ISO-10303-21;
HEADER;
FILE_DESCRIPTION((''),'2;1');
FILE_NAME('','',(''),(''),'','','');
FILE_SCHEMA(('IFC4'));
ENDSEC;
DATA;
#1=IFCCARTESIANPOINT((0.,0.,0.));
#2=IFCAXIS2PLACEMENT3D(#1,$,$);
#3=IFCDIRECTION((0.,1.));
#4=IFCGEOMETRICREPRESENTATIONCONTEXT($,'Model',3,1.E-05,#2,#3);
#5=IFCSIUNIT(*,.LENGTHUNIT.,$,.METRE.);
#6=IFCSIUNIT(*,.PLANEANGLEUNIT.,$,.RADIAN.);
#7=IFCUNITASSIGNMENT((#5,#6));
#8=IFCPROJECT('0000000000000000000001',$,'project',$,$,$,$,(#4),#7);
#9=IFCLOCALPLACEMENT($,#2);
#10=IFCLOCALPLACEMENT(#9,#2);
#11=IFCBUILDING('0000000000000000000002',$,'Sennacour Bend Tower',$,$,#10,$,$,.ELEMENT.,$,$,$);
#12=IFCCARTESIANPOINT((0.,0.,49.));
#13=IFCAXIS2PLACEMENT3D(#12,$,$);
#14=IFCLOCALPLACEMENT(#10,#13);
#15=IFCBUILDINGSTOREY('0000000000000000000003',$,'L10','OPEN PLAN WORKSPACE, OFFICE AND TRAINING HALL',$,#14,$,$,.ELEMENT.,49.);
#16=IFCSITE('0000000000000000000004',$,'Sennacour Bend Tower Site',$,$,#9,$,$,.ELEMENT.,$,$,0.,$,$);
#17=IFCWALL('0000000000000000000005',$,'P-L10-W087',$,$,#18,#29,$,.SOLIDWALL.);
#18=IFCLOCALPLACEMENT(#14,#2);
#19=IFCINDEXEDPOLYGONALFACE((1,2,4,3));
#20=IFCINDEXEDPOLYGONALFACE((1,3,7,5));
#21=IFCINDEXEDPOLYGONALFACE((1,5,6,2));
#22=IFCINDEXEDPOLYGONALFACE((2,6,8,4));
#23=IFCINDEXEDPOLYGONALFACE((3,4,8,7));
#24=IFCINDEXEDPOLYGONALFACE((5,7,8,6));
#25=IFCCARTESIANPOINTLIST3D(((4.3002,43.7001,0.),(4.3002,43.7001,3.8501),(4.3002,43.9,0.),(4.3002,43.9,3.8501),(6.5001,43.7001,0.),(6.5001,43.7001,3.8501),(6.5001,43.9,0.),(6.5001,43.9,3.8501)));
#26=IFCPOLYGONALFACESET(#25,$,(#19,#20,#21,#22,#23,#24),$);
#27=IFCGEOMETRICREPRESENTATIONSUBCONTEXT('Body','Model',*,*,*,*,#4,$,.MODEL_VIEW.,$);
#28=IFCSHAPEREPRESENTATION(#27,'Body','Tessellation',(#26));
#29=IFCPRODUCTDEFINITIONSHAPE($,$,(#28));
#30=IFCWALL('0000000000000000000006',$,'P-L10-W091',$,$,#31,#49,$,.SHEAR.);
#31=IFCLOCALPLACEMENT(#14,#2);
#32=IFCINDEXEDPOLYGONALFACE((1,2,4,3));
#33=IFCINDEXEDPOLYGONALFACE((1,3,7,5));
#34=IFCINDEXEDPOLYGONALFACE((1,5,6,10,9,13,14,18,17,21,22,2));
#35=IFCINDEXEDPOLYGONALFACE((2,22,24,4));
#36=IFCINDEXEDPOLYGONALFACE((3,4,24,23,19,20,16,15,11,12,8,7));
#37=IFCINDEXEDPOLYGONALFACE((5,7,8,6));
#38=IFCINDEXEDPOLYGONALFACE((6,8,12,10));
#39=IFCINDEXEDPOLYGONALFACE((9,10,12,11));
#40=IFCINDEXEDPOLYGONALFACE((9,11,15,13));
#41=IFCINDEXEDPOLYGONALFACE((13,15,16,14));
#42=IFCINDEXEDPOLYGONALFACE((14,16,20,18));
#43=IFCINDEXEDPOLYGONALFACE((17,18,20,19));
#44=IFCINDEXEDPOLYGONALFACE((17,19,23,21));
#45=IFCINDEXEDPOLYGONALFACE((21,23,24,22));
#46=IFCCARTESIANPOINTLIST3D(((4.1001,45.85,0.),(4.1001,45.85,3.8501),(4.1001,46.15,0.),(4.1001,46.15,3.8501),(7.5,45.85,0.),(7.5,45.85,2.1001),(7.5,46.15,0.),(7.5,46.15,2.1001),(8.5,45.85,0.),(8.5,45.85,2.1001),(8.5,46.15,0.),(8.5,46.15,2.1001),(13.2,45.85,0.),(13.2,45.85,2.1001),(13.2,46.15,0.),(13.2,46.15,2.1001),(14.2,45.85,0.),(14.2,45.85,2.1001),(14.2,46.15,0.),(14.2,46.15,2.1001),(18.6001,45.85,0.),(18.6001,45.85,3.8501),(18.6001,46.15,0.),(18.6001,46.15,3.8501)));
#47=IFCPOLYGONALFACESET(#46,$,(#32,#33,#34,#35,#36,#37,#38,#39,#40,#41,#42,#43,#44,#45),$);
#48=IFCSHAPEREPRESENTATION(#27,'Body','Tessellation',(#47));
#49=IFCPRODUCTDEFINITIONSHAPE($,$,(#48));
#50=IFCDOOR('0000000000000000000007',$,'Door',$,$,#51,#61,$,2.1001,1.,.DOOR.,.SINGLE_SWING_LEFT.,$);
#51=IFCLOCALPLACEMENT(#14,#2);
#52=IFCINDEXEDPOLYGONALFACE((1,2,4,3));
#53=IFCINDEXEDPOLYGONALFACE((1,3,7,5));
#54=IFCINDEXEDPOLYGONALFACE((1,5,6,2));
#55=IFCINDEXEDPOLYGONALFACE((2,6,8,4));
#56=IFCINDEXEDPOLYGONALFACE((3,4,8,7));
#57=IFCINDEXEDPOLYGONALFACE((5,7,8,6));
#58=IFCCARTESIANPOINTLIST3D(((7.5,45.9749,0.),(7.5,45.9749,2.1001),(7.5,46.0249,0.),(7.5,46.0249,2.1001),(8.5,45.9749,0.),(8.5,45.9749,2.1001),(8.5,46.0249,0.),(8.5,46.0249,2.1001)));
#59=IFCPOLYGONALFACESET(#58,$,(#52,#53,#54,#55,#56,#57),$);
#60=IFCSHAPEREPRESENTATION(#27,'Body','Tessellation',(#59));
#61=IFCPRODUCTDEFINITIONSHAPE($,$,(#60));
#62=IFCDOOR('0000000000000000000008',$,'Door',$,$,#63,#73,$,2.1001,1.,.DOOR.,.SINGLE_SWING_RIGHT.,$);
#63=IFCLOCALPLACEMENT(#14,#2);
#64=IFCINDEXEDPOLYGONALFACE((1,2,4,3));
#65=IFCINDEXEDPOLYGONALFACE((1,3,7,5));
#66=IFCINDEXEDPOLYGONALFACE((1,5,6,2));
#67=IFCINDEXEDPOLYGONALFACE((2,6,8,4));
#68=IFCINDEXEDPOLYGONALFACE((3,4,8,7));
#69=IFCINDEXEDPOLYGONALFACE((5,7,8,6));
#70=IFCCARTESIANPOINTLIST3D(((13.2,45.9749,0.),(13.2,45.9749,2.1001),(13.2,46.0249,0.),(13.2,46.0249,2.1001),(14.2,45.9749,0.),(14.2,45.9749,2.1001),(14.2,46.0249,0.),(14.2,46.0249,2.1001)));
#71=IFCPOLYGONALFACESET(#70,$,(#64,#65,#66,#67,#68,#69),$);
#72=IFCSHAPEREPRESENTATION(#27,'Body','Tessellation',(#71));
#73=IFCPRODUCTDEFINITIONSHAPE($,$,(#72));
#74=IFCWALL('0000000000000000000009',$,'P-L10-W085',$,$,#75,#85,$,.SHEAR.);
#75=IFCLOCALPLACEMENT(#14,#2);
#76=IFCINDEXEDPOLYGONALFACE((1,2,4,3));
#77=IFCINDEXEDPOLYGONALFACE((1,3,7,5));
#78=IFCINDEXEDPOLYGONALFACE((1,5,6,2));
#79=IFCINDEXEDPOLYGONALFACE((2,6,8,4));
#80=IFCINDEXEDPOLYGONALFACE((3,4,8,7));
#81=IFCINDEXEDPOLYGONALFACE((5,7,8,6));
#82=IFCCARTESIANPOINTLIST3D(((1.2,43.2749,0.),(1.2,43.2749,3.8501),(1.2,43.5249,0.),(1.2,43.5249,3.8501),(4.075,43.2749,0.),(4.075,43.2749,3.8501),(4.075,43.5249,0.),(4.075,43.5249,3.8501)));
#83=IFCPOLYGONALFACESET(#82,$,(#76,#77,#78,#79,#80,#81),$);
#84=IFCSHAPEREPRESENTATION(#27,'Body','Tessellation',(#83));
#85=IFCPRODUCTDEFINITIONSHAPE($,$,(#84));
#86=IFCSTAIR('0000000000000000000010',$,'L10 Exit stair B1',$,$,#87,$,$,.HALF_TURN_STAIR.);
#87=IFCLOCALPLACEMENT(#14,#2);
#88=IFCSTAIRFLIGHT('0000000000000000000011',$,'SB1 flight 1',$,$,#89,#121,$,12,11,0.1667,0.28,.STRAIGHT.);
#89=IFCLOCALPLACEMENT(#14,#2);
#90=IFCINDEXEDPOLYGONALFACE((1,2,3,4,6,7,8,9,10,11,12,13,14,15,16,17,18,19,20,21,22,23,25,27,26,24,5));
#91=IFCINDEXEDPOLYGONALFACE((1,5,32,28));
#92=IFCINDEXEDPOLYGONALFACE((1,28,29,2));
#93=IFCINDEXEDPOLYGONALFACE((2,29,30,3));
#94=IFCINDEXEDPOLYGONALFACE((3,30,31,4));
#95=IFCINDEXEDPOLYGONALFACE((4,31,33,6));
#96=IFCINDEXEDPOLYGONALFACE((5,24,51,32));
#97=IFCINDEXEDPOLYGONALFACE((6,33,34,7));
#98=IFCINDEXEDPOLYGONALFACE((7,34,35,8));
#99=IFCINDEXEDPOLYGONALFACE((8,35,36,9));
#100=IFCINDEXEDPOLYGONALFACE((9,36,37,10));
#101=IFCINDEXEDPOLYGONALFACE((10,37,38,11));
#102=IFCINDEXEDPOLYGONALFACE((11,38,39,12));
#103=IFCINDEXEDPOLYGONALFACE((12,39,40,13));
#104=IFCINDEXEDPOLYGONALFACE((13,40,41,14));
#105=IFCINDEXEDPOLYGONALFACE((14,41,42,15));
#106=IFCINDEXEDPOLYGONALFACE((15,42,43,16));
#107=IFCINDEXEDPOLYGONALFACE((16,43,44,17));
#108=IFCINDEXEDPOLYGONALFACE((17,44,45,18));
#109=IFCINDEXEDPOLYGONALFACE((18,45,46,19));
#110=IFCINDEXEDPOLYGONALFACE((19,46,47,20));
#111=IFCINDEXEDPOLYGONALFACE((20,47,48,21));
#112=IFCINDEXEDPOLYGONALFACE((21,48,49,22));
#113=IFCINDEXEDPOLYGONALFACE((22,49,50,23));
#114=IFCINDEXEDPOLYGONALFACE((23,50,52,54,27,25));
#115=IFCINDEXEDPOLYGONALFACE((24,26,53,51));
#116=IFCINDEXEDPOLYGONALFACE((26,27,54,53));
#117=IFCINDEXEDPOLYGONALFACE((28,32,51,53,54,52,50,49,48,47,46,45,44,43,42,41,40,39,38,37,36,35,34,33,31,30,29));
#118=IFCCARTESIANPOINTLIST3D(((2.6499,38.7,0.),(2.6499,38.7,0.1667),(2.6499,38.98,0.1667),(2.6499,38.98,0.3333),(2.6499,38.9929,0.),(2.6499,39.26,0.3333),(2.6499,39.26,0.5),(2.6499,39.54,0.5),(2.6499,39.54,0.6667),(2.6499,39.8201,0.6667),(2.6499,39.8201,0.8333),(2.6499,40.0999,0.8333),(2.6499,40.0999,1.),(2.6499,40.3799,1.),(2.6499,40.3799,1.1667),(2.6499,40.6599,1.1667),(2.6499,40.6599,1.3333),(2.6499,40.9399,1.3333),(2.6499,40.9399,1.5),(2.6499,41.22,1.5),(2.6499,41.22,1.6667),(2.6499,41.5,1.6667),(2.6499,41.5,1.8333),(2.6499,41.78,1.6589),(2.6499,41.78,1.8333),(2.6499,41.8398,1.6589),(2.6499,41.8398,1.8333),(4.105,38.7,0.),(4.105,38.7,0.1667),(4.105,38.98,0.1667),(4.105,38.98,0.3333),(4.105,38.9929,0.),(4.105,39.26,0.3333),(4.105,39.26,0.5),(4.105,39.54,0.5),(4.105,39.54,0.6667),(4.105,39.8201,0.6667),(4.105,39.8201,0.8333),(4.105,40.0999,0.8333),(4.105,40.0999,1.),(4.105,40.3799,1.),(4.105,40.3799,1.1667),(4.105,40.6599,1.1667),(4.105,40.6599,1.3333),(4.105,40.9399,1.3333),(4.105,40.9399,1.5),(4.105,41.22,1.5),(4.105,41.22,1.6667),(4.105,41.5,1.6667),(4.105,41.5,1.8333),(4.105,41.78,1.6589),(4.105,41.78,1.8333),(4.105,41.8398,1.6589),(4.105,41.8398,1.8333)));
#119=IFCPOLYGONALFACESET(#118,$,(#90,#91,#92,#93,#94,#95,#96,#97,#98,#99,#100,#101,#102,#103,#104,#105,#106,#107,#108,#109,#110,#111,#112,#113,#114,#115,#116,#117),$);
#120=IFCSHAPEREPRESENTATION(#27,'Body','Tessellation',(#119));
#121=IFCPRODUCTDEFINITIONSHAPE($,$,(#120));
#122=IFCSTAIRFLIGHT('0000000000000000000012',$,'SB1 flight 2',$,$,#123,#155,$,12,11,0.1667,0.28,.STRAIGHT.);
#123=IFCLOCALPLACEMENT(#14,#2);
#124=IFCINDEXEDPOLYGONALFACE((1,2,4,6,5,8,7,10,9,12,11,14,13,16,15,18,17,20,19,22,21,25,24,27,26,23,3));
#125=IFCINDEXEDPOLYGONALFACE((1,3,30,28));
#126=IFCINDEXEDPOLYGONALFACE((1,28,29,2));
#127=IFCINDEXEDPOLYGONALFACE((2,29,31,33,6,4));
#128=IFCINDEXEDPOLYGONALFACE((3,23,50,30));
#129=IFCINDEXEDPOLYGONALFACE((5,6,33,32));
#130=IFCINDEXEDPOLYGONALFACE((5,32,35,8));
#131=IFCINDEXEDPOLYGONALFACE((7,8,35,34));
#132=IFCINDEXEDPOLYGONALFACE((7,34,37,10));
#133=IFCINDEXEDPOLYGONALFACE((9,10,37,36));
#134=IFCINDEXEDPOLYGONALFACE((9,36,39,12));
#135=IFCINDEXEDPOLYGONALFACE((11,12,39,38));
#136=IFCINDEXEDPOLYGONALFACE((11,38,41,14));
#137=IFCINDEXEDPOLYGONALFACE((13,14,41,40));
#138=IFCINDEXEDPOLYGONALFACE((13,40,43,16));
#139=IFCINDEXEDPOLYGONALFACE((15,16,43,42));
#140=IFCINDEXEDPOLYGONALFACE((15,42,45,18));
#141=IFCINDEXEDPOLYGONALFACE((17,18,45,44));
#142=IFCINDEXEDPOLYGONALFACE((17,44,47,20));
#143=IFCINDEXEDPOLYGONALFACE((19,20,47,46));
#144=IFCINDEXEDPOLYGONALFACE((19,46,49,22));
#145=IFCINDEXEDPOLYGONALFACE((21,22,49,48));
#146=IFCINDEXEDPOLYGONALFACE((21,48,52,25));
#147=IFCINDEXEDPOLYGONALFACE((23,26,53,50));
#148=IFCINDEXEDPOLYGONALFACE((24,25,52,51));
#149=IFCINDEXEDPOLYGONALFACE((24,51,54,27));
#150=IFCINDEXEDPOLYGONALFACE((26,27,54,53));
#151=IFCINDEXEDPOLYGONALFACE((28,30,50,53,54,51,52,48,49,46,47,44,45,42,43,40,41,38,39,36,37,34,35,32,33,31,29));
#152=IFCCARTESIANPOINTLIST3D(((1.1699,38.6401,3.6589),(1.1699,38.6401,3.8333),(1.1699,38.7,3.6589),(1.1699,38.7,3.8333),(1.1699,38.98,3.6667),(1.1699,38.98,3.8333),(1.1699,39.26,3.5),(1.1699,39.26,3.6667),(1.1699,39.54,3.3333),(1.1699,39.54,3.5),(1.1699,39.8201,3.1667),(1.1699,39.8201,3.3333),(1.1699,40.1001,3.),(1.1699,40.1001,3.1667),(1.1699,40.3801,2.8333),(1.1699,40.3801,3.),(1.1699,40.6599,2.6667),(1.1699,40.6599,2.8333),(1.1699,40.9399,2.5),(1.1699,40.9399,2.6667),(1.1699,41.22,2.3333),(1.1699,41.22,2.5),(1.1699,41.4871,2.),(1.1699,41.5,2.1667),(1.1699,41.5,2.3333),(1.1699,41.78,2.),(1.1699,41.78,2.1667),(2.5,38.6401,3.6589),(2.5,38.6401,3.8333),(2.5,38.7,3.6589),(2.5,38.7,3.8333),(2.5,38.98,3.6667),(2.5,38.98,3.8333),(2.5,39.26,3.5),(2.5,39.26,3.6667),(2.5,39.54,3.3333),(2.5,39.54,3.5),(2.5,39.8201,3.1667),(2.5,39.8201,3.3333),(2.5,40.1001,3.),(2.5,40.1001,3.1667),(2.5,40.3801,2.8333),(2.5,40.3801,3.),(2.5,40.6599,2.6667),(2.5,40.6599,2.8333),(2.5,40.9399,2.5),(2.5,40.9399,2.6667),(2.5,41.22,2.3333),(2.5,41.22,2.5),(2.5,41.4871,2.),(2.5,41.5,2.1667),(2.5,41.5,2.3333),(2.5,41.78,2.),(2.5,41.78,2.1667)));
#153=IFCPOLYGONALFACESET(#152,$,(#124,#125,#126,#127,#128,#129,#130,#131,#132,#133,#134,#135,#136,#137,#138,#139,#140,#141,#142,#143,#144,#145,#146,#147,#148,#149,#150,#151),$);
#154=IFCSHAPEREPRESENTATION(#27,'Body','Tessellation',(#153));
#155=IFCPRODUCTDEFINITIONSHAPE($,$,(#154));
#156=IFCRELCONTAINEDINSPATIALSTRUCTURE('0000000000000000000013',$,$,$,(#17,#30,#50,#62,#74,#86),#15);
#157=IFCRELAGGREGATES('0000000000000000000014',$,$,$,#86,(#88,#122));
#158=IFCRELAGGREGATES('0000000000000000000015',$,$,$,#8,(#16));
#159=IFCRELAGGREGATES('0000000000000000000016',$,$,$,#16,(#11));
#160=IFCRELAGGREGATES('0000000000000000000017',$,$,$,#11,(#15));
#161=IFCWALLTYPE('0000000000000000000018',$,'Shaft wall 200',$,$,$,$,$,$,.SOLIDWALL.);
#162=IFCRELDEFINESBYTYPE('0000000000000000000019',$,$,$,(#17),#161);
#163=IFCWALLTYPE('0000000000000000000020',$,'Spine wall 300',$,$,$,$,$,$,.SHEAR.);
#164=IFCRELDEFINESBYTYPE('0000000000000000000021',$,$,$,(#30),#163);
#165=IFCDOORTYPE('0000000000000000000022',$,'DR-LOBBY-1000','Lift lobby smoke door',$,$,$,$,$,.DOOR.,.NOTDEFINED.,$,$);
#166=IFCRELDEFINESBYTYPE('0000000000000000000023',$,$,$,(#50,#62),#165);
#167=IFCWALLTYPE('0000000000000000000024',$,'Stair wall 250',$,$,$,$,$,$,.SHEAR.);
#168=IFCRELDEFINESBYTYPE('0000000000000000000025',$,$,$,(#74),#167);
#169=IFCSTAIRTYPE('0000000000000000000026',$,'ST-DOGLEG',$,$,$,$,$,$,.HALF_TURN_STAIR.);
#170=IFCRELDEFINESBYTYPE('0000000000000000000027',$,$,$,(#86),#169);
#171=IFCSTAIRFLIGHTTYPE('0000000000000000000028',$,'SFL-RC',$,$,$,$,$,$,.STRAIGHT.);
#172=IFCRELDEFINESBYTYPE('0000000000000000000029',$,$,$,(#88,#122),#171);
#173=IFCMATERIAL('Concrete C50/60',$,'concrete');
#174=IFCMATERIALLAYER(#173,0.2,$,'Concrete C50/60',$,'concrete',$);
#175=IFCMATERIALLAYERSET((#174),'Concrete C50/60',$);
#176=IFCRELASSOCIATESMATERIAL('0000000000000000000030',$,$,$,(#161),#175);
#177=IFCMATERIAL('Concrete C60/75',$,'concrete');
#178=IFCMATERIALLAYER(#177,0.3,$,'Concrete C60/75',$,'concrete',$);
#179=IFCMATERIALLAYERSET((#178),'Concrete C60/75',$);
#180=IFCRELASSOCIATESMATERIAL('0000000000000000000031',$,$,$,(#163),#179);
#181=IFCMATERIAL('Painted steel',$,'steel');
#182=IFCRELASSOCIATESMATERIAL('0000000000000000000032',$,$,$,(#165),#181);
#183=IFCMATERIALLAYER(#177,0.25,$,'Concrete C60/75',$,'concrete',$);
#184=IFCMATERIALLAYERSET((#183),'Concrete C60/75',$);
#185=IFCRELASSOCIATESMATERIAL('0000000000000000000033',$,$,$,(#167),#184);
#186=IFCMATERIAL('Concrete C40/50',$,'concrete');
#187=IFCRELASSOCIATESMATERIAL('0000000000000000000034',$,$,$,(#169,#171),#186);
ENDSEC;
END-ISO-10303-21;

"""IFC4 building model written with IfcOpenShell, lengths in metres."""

from ifc_helpers import new_model, si_unit, direction, frame, frame_2d, origin, place, context, subcontext, project, spatial, polyline, rectangle, outline, extrude, material, layer, layer_set, type_object, element, fill, aggregate, save


model = new_model("IFC4")

# Units and contexts
model_context = context("Model", 3, precision=1e-05, world=origin(), true_north=direction((0.0, 1.0)))
body_context = subcontext(model_context, "Body", "Model", "MODEL_VIEW")
ifc_project = project(units=[si_unit("LENGTHUNIT", "METRE"), si_unit("PLANEANGLEUNIT", "RADIAN")], contexts=[model_context])

# Site, building, storey
site_placement = place(None, origin())
site = spatial("IfcSite", under=ifc_project, at=site_placement, Name="Sennacour Bend Tower Site", CompositionType="ELEMENT", RefElevation=0.0)
building_placement = place(site_placement, origin())
building = spatial("IfcBuilding", under=site, at=building_placement, Name="Sennacour Bend Tower", CompositionType="ELEMENT")
storey_placement = place(building_placement, frame((0.0, 0.0, 49.0)))
storey = spatial("IfcBuildingStorey", under=building, at=storey_placement, Name="L10", Description="OPEN PLAN WORKSPACE, OFFICE AND TRAINING HALL", CompositionType="ELEMENT", Elevation=49.0)

# Shared definitions
ifc_material_1 = material(Name="Painted steel", Category="steel")

# Wall
ifc_material_2 = material(Name="Concrete C50/60", Category="concrete")
ifc_layer_1 = layer(ifc_material_2, 0.2, Name="Concrete C50/60", Category="concrete")
ifc_layer_set_1 = layer_set([ifc_layer_1], Name="Concrete C50/60")
wall_type_1 = type_object("IfcWallType", Name="Shaft wall 200", PredefinedType="SOLIDWALL", material=ifc_layer_set_1)
wall_1_placement = place(storey_placement, frame((4.3, 43.8, 0.0), z_axis=(0.0, 0.0, 1.0), x_axis=(1.0, 0.0, 0.0)))
element("IfcWall", 1, at=wall_1_placement, inside=storey, type_object=wall_type_1, Name="P-L10-W087", PredefinedType="SOLIDWALL", context=body_context, shape_type="SweptSolid", body=[
    extrude(rectangle(XDim=2.2, YDim=0.2, at=frame_2d((1.1001, 0.0))), origin(), (0.0, 0.0, 1.0), 3.8501),
])

# Wall, openings, doors
ifc_material_3 = material(Name="Concrete C60/75", Category="concrete")
ifc_layer_2 = layer(ifc_material_3, 0.3, Name="Concrete C60/75", Category="concrete")
ifc_layer_set_2 = layer_set([ifc_layer_2], Name="Concrete C60/75")
wall_type_2 = type_object("IfcWallType", Name="Spine wall 300", PredefinedType="SHEAR", material=ifc_layer_set_2)
wall_2_placement = place(storey_placement, frame((4.1001, 46.0, 0.0), z_axis=(0.0, 0.0, 1.0), x_axis=(1.0, 0.0, 0.0)))
wall_2 = element("IfcWall", 2, at=wall_2_placement, inside=storey, type_object=wall_type_2, Name="P-L10-W091", PredefinedType="SHEAR", context=body_context, shape_type="SweptSolid", body=[
    extrude(rectangle(XDim=14.5, YDim=0.3, at=frame_2d((7.25, 0.0))), origin(), (0.0, 0.0, 1.0), 3.8501),
])
opening_1_placement = place(wall_2_placement, frame((3.3999, 0.0, 0.0)))
opening_1 = element("IfcOpeningElement", 3, at=opening_1_placement, cuts=wall_2, PredefinedType="OPENING", context=body_context, shape_type="SweptSolid", body=[
    extrude(rectangle(XDim=1.0, YDim=2.1001, at=frame_2d((0.5, 1.05))), frame((0.0, 0.1602, 0.0), z_axis=(0.0, -1.0, 0.0), x_axis=(1.0, 0.0, 0.0)), (0.0, 0.0, 1.0), 0.3201),
])
opening_2_placement = place(wall_2_placement, frame((9.0999, 0.0, 0.0)))
opening_2 = element("IfcOpeningElement", 4, at=opening_2_placement, cuts=wall_2, PredefinedType="OPENING", context=body_context, shape_type="SweptSolid", body=[
    extrude(rectangle(XDim=1.0, YDim=2.1001, at=frame_2d((0.5, 1.05))), frame((0.0, 0.1602, 0.0), z_axis=(0.0, -1.0, 0.0), x_axis=(1.0, 0.0, 0.0)), (0.0, 0.0, 1.0), 0.3201),
])
door_type_1 = type_object("IfcDoorType", Name="DR-LOBBY-1000", Description="Lift lobby smoke door", OperationType="NOTDEFINED", PredefinedType="DOOR", material=ifc_material_1)
door_1_placement = place(opening_1_placement, origin())
door_1 = element("IfcDoor", 5, at=door_1_placement, inside=storey, type_object=door_type_1, Name="Door", OperationType="SINGLE_SWING_LEFT", OverallHeight=2.1001, OverallWidth=1.0, PredefinedType="DOOR", context=body_context, shape_type="SweptSolid", body=[
    extrude(rectangle(XDim=1.0, YDim=2.1001, at=frame_2d((0.5, 1.05))), frame((0.0, 0.0249, 0.0), z_axis=(0.0, -1.0, 0.0), x_axis=(1.0, 0.0, 0.0)), (0.0, 0.0, 1.0), 0.05),
])
fill(opening_1, door_1)
door_2_placement = place(opening_2_placement, origin())
door_2 = element("IfcDoor", 6, at=door_2_placement, inside=storey, type_object=door_type_1, Name="Door", OperationType="SINGLE_SWING_RIGHT", OverallHeight=2.1001, OverallWidth=1.0, PredefinedType="DOOR", context=body_context, shape_type="SweptSolid", body=[
    extrude(rectangle(XDim=1.0, YDim=2.1001, at=frame_2d((0.5, 1.05))), frame((0.0, 0.0249, 0.0), z_axis=(0.0, -1.0, 0.0), x_axis=(1.0, 0.0, 0.0)), (0.0, 0.0, 1.0), 0.05),
])
fill(opening_2, door_2)

# Wall
ifc_layer_3 = layer(ifc_material_3, 0.25, Name="Concrete C60/75", Category="concrete")
ifc_layer_set_3 = layer_set([ifc_layer_3], Name="Concrete C60/75")
wall_type_3 = type_object("IfcWallType", Name="Stair wall 250", PredefinedType="SHEAR", material=ifc_layer_set_3)
wall_3_placement = place(storey_placement, frame((1.2, 43.3999, 0.0), z_axis=(0.0, 0.0, 1.0), x_axis=(1.0, 0.0, 0.0)))
element("IfcWall", 7, at=wall_3_placement, inside=storey, type_object=wall_type_3, Name="P-L10-W085", PredefinedType="SHEAR", context=body_context, shape_type="SweptSolid", body=[
    extrude(rectangle(XDim=2.875, YDim=0.25, at=frame_2d((1.4375, 0.0))), origin(), (0.0, 0.0, 1.0), 3.8501),
])

# Stair, stair flights
ifc_material_4 = material(Name="Concrete C40/50", Category="concrete")
stair_type = type_object("IfcStairType", Name="ST-DOGLEG", PredefinedType="HALF_TURN_STAIR", material=ifc_material_4)
stair_placement = place(storey_placement, origin())
stair = element("IfcStair", 8, at=stair_placement, inside=storey, type_object=stair_type, Name="L10 Exit stair B1", PredefinedType="HALF_TURN_STAIR")
stair_flight_type = type_object("IfcStairFlightType", Name="SFL-RC", PredefinedType="STRAIGHT", material=ifc_material_4)
stair_flight_1_placement = place(storey_placement, frame((3.3774, 38.7, 0.0), z_axis=(0.0, 0.0, 1.0), x_axis=(0.0, 1.0, 0.0)))
stair_flight_1 = element("IfcStairFlight", 9, at=stair_flight_1_placement, type_object=stair_flight_type, Name="SB1 flight 1", NumberOfRisers=12, NumberOfTreads=11, PredefinedType="STRAIGHT", RiserHeight=0.1667, TreadLength=0.28, context=body_context, shape_type="SweptSolid", body=[
    extrude(outline(polyline([(0.0, 0.0), (0.0, 0.1667), (0.28, 0.1667), (0.28, 0.3333), (0.5601, 0.3333), (0.5601, 0.5), (0.8401, 0.5), (0.8401, 0.6667), (1.1201, 0.6667), (1.1201, 0.8333), (1.3999, 0.8333), (1.3999, 1.0), (1.6799, 1.0), (1.6799, 1.1667), (1.96, 1.1667), (1.96, 1.3333), (2.24, 1.3333), (2.24, 1.5), (2.52, 1.5), (2.52, 1.6667), (2.8, 1.6667), (2.8, 1.8333), (3.0801, 1.8333), (3.1399, 1.8333), (3.1399, 1.6589), (3.0801, 1.6589), (0.293, 0.0), (0.0, 0.0)])), frame((0.0, 0.7275, 0.0), z_axis=(0.0, -1.0, 0.0), x_axis=(1.0, 0.0, 0.0)), (0.0, 0.0, 1.0), 1.4551),
])
stair_flight_2_placement = place(storey_placement, frame((1.835, 41.78, 2.0), z_axis=(0.0, 0.0, 1.0), x_axis=(0.0, -1.0, 0.0)))
stair_flight_2 = element("IfcStairFlight", 10, at=stair_flight_2_placement, type_object=stair_flight_type, Name="SB1 flight 2", NumberOfRisers=12, NumberOfTreads=11, PredefinedType="STRAIGHT", RiserHeight=0.1667, TreadLength=0.28, context=body_context, shape_type="SweptSolid", body=[
    extrude(outline(polyline([(0.0, 0.0), (0.0, 0.1667), (0.28, 0.1667), (0.28, 0.3333), (0.5601, 0.3333), (0.5601, 0.5), (0.8401, 0.5), (0.8401, 0.6667), (1.1201, 0.6667), (1.1201, 0.8333), (1.3999, 0.8333), (1.3999, 1.0), (1.6799, 1.0), (1.6799, 1.1667), (1.96, 1.1667), (1.96, 1.3333), (2.24, 1.3333), (2.24, 1.5), (2.52, 1.5), (2.52, 1.6667), (2.8, 1.6667), (2.8, 1.8333), (3.0801, 1.8333), (3.1399, 1.8333), (3.1399, 1.6589), (3.0801, 1.6589), (0.293, 0.0), (0.0, 0.0)])), frame((0.0, 0.665, 0.0), z_axis=(0.0, -1.0, 0.0), x_axis=(1.0, 0.0, 0.0)), (0.0, 0.0, 1.0), 1.3301),
])
aggregate(stair, [stair_flight_1, stair_flight_2])

save(model, "model.ifc")
